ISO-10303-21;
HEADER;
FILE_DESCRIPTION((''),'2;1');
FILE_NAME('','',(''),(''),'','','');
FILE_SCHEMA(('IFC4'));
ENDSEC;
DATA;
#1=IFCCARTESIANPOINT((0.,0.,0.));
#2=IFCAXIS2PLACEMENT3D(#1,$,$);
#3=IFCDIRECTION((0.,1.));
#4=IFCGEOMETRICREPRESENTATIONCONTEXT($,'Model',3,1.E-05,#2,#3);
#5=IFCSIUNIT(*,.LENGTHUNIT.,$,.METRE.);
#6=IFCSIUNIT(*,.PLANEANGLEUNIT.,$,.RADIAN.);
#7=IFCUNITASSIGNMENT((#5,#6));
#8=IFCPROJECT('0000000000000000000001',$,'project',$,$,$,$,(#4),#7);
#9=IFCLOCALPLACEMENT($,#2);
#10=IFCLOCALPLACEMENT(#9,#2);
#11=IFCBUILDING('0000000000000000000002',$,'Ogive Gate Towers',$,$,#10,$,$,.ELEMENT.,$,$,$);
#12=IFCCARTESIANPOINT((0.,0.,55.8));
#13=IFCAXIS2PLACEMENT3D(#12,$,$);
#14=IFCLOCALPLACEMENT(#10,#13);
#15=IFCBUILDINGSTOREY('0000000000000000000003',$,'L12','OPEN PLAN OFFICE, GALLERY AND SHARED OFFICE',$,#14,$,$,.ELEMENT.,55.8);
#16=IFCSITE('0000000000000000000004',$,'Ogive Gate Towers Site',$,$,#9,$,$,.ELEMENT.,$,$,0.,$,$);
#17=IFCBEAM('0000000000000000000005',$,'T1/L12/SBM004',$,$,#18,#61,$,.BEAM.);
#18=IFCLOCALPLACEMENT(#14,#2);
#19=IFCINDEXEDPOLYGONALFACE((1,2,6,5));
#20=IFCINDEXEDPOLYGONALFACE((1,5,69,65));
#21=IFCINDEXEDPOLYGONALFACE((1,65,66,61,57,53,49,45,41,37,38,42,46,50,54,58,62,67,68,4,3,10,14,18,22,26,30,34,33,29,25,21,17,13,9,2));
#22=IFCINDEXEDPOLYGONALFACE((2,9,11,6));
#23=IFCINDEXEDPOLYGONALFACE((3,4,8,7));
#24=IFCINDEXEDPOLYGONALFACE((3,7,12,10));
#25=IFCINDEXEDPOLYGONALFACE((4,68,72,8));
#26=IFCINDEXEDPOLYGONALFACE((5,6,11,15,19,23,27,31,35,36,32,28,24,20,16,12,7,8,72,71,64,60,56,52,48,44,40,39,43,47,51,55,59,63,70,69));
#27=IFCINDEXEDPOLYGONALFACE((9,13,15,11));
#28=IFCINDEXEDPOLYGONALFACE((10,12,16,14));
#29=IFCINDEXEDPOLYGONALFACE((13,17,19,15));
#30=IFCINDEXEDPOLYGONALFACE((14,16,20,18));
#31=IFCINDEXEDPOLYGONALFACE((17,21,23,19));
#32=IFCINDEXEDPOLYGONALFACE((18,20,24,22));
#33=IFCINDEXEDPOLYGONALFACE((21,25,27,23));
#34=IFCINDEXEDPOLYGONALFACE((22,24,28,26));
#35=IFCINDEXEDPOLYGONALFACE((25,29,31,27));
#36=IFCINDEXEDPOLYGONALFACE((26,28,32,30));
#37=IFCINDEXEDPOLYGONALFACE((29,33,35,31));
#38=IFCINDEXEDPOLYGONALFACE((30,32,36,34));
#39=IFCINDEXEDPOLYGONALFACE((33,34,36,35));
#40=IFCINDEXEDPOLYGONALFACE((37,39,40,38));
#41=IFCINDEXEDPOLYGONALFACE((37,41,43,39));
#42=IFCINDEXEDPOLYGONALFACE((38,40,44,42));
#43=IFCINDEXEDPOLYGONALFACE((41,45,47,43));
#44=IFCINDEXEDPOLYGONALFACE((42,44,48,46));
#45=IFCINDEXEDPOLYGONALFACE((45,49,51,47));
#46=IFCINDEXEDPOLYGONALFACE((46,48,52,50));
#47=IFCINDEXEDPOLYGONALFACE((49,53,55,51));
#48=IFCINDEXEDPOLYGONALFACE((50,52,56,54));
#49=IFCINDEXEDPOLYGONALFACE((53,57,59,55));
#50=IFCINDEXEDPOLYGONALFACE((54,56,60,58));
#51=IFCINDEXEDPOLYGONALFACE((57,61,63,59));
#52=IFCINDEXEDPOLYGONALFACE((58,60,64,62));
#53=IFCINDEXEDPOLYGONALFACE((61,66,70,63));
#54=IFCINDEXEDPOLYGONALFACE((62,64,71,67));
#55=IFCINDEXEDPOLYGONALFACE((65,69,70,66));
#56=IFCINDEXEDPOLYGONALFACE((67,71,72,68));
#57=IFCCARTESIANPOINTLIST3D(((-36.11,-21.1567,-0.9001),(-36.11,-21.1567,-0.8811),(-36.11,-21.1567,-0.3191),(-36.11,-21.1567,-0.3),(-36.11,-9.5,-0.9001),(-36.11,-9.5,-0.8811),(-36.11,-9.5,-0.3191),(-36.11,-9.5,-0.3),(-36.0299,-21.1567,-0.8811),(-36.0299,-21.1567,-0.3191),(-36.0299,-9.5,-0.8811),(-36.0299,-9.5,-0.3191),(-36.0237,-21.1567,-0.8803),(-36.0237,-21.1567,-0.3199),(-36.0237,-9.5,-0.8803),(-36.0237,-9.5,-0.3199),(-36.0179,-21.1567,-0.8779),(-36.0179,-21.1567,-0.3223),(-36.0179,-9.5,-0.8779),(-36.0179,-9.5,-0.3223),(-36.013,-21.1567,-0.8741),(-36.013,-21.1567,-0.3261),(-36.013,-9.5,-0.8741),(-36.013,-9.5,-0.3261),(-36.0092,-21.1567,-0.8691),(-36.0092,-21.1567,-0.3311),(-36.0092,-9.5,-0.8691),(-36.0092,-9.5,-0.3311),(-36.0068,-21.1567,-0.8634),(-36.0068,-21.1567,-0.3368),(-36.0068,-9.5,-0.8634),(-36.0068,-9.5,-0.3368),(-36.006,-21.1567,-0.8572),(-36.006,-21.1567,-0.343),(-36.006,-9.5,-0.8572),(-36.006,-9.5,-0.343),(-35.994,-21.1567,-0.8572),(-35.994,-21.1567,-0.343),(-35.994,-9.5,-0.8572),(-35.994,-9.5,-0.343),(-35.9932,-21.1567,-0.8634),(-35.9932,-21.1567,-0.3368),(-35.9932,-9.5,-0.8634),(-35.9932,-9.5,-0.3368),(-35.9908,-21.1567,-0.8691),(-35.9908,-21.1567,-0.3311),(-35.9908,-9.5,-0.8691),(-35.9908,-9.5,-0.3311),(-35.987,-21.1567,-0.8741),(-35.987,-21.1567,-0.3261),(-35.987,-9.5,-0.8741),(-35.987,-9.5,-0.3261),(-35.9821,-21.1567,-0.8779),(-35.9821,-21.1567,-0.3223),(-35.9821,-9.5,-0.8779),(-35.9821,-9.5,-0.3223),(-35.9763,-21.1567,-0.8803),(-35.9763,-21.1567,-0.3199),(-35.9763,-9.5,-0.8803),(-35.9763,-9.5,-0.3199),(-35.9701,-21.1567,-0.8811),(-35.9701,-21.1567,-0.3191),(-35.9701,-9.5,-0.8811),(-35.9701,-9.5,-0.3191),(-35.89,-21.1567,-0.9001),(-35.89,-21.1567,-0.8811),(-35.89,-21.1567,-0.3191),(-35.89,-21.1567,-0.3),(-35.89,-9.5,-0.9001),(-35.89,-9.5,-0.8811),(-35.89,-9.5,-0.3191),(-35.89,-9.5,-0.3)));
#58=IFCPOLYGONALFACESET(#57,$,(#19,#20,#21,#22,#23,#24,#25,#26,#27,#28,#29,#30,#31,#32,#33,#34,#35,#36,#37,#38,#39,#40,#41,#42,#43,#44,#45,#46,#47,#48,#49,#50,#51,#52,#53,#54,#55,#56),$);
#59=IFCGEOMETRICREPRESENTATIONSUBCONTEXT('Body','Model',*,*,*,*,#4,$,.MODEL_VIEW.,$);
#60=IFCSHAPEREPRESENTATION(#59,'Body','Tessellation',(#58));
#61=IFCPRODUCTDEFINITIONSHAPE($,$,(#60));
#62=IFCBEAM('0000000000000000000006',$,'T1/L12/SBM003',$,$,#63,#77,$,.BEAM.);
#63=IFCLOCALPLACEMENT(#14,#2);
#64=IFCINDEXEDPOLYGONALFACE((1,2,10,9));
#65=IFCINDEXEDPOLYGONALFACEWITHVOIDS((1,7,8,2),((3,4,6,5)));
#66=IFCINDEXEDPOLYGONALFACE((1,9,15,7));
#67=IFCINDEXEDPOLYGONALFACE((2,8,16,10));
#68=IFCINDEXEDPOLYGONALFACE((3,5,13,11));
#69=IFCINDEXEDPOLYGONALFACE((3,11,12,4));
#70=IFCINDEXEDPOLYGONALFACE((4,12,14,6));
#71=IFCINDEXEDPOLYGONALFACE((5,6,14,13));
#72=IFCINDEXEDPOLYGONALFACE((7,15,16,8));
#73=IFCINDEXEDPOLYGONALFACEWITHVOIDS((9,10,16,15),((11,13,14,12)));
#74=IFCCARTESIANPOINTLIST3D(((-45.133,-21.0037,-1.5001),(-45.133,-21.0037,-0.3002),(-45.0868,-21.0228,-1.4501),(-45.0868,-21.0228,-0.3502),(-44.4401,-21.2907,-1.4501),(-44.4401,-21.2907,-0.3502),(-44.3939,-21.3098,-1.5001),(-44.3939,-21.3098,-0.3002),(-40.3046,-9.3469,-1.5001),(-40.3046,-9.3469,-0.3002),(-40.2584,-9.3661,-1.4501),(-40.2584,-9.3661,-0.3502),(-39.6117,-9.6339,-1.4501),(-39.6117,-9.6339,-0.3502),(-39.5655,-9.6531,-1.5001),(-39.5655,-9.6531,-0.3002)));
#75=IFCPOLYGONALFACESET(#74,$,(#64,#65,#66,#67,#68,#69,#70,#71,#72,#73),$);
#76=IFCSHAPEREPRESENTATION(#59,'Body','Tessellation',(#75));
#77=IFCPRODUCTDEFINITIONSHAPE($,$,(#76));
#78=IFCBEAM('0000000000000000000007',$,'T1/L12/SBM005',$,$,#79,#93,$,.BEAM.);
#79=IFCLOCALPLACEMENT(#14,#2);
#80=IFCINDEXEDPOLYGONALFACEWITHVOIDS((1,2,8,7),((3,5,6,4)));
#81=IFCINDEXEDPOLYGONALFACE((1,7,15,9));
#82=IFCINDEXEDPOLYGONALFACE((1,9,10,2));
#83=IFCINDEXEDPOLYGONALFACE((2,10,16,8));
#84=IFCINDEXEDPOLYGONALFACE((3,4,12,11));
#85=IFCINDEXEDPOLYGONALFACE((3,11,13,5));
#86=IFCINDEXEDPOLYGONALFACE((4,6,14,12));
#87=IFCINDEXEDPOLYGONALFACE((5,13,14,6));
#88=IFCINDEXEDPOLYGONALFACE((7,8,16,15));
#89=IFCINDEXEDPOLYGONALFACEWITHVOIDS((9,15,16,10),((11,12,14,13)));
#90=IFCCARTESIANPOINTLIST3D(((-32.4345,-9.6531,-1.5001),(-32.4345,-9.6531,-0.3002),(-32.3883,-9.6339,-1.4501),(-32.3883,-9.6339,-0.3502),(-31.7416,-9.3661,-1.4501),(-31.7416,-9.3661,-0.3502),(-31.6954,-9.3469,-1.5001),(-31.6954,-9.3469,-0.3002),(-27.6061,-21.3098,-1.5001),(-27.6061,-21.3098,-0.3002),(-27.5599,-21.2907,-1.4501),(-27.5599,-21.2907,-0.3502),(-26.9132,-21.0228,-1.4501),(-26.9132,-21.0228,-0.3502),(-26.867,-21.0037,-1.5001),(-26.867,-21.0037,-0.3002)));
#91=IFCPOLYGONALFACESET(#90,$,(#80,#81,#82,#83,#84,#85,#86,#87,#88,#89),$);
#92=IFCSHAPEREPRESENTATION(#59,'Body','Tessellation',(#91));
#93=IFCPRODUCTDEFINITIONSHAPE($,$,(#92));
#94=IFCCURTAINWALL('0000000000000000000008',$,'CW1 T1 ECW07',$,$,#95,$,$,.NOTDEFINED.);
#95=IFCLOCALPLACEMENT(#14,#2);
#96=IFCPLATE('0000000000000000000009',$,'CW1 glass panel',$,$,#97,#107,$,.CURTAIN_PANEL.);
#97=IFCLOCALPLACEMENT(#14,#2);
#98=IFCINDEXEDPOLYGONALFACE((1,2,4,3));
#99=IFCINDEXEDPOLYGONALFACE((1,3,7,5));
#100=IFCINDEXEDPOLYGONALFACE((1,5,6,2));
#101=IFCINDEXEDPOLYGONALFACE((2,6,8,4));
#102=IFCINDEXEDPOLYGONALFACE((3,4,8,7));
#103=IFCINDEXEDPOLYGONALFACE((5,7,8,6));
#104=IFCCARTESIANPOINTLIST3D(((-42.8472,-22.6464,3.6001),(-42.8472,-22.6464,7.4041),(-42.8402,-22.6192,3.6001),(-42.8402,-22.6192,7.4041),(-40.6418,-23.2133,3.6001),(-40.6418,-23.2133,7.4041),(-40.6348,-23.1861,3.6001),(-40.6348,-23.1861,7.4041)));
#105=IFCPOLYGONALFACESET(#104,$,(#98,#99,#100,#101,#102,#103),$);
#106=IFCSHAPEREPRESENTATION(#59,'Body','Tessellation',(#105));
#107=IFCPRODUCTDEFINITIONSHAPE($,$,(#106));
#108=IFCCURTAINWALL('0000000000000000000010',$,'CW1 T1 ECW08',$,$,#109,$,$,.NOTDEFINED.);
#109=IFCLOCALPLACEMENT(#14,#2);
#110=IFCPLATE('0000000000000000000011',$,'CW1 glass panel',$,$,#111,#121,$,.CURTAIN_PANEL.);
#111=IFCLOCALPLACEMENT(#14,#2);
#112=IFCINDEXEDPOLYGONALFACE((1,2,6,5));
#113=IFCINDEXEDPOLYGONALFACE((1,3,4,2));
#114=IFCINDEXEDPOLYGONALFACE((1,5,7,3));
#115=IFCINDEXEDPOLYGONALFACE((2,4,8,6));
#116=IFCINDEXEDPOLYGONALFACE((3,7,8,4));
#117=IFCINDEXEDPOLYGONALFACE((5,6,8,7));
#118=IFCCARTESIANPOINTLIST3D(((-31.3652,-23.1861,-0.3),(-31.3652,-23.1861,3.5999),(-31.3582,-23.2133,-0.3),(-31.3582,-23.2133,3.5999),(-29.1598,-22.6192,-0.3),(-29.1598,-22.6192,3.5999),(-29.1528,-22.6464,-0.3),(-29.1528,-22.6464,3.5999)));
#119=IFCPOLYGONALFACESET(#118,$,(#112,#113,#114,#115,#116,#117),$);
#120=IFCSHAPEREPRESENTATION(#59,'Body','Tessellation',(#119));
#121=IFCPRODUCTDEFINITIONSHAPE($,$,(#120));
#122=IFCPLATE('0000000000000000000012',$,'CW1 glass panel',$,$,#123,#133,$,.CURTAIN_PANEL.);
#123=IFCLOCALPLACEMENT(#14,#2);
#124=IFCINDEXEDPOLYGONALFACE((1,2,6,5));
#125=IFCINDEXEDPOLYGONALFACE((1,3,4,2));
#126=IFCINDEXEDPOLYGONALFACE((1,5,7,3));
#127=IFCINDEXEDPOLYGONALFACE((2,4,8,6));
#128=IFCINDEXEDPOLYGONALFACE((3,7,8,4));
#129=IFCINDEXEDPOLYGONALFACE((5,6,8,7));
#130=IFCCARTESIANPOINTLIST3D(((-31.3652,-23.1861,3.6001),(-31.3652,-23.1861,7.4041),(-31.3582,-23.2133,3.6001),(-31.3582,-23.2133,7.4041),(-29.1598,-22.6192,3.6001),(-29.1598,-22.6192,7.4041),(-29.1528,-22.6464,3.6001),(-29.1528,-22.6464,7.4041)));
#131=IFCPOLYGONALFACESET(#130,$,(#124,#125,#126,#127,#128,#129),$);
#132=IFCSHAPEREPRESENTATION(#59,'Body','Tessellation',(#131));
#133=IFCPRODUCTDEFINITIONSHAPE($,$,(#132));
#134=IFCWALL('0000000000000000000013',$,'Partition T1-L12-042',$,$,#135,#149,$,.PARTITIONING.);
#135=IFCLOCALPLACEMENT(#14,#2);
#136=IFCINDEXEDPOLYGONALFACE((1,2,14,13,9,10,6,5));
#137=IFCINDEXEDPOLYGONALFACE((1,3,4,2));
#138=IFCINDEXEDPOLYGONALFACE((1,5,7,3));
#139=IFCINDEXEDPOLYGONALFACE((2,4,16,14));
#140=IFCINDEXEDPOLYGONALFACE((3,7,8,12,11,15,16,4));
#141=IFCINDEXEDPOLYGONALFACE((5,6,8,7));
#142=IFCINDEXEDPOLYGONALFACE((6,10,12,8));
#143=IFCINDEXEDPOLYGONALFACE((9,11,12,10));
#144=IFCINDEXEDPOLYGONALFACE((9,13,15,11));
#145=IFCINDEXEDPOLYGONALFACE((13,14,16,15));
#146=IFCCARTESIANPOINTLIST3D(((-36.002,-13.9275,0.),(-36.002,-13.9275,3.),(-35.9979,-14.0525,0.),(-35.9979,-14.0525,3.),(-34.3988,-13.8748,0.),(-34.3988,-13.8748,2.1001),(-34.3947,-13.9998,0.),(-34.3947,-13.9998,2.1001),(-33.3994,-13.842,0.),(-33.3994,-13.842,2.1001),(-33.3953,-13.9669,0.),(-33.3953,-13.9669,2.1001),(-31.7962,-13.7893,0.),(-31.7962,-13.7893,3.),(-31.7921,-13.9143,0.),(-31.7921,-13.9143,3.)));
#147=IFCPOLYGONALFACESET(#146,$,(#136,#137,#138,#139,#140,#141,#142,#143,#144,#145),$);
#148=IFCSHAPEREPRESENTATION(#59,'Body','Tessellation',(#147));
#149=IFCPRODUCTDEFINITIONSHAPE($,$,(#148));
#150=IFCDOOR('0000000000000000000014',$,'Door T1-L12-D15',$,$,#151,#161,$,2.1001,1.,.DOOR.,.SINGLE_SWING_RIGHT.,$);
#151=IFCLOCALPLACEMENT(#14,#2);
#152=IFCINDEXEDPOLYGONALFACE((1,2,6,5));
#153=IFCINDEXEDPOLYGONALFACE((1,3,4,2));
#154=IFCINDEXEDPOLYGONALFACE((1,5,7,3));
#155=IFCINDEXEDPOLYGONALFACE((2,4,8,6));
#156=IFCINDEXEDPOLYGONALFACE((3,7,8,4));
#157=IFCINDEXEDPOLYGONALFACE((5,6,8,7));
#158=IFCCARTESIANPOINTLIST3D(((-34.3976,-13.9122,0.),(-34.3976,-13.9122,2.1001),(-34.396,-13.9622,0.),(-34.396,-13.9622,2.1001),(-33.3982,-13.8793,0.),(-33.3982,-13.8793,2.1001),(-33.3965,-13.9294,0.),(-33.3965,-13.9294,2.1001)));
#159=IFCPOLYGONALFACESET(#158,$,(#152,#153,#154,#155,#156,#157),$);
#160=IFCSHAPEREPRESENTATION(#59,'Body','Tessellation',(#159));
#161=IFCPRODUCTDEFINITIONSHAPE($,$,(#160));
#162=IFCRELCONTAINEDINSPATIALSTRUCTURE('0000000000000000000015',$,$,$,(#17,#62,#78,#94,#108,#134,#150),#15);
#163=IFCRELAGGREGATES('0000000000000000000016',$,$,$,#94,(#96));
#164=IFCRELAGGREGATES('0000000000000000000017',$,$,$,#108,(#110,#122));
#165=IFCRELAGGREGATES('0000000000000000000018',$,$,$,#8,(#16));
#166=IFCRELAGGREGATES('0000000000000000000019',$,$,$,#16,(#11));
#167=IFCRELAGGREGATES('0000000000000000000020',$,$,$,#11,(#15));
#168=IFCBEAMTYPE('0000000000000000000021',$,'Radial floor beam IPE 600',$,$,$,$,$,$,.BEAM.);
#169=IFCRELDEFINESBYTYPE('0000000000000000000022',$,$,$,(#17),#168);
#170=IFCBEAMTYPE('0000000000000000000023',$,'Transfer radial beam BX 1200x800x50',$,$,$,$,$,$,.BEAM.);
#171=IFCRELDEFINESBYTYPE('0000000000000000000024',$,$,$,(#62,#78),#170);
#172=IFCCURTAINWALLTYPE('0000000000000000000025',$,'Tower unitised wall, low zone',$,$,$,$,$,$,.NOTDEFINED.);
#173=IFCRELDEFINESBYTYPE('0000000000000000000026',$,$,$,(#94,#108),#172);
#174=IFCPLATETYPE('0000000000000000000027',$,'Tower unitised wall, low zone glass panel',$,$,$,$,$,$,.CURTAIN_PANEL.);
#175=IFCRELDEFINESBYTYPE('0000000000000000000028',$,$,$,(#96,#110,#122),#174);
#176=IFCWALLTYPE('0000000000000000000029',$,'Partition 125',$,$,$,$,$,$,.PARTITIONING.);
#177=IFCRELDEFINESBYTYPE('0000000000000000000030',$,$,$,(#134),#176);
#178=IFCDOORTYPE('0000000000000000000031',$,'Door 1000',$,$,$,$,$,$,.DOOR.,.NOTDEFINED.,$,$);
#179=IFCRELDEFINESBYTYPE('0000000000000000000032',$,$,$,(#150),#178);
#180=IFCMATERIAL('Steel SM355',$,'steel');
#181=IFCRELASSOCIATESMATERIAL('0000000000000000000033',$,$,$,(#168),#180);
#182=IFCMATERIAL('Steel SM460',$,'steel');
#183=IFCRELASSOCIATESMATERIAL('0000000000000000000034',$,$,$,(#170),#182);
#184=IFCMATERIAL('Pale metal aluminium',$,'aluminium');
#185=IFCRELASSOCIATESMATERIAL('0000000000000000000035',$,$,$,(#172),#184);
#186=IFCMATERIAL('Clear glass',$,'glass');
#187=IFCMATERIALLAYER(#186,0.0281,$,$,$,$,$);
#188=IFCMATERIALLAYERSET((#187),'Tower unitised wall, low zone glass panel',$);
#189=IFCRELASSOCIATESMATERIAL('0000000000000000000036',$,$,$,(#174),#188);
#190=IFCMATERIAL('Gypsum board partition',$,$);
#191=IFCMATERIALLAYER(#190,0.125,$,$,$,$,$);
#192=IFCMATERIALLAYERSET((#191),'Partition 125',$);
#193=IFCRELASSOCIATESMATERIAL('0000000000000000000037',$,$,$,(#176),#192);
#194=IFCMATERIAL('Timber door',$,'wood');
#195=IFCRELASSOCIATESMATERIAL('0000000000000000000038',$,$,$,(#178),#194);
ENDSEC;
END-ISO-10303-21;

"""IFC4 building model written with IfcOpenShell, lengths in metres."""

from ifc_helpers import new_model, si_unit, direction, frame, frame_2d, origin, origin_2d, place, context, subcontext, project, spatial, rectangle, hollow_rectangle, i_section, extrude, material, layer, layer_set, material_profile, profile_set, type_object, element, fill, aggregate, save


model = new_model("IFC4")

# Units and contexts
model_context = context("Model", 3, precision=1e-05, world=origin(), true_north=direction((0.0, 1.0)))
body_context = subcontext(model_context, "Body", "Model", "MODEL_VIEW")
ifc_project = project(units=[si_unit("LENGTHUNIT", "METRE"), si_unit("PLANEANGLEUNIT", "RADIAN")], contexts=[model_context])

# Site, building, storey
site_placement = place(None, origin())
site = spatial("IfcSite", under=ifc_project, at=site_placement, Name="Ogive Gate Towers Site", CompositionType="ELEMENT", RefElevation=0.0)
building_placement = place(site_placement, origin())
building = spatial("IfcBuilding", under=site, at=building_placement, Name="Ogive Gate Towers", CompositionType="ELEMENT")
storey_placement = place(building_placement, frame((0.0, 0.0, 55.8)))
storey = spatial("IfcBuildingStorey", under=building, at=storey_placement, Name="L12", Description="OPEN PLAN OFFICE, GALLERY AND SHARED OFFICE", CompositionType="ELEMENT", Elevation=55.8)

# Beams
ifc_material_1 = material(Name="Steel SM355", Category="steel")
ifc_material_profile_1 = material_profile(ifc_material_1, i_section(OverallWidth=0.22, OverallDepth=0.6001, WebThickness=0.012, FlangeThickness=0.019, FilletRadius=0.0239, at=origin_2d()), Name="IPE 600")
ifc_profile_set_1 = profile_set([ifc_material_profile_1], Name="Steel SM355")
beam_type_1 = type_object("IfcBeamType", Name="Radial floor beam IPE 600", PredefinedType="BEAM", material=ifc_profile_set_1)
beam_placement = place(storey_placement, frame((-36.0, -9.5, -0.6001), z_axis=(0.0, -1.0, 0.0), x_axis=(1.0, 0.0, 0.0)))
element("IfcBeam", 1, at=beam_placement, inside=storey, type_object=beam_type_1, Name="T1/L12/SBM004", PredefinedType="BEAM", context=body_context, shape_type="SweptSolid", body=[
    extrude(i_section(OverallWidth=0.22, OverallDepth=0.6001, WebThickness=0.012, FlangeThickness=0.019, FilletRadius=0.0239, at=origin_2d()), origin(), (0.0, 0.0, 1.0), 11.6567),
])
ifc_material_2 = material(Name="Steel SM460", Category="steel")
ifc_material_profile_2 = material_profile(ifc_material_2, hollow_rectangle(XDim=0.8, YDim=1.2, WallThickness=0.05, at=origin_2d()), Name="BX 1200x800x50")
ifc_profile_set_2 = profile_set([ifc_material_profile_2], Name="Steel SM460")
beam_type_2 = type_object("IfcBeamType", Name="Transfer radial beam BX 1200x800x50", PredefinedType="BEAM", material=ifc_profile_set_2)
for number, where, z_axis, x_axis, name in (
    (2, (-39.9351, -9.5, -0.9001), (-0.382683, -0.92388, 0.0), (0.92388, -0.382683, 0.0), "T1/L12/SBM003"),
    (3, (-32.0649, -9.5, -0.9001), (0.382683, -0.92388, 0.0), (0.92388, 0.382683, 0.0), "T1/L12/SBM005"),
):
    element("IfcBeam", number, at=place(storey_placement, frame(where, z_axis=z_axis, x_axis=x_axis)), inside=storey, type_object=beam_type_2, Name=name, PredefinedType="BEAM", context=body_context, shape_type="SweptSolid", body=[
        extrude(hollow_rectangle(XDim=0.8, YDim=1.2, WallThickness=0.05, at=origin_2d()), origin(), (0.0, 0.0, 1.0), 12.6172),
    ])

# Curtain wall, plate
ifc_material_3 = material(Name="Pale metal aluminium", Category="aluminium")
curtain_wall_type = type_object("IfcCurtainWallType", Name="Tower unitised wall, low zone", PredefinedType="NOTDEFINED", material=ifc_material_3)
curtain_wall_1_placement = place(storey_placement, origin())
curtain_wall_1 = element("IfcCurtainWall", 4, at=curtain_wall_1_placement, inside=storey, type_object=curtain_wall_type, Name="CW1 T1 ECW07", PredefinedType="NOTDEFINED")
ifc_material_4 = material(Name="Clear glass", Category="glass")
ifc_layer_1 = layer(ifc_material_4, 0.0281)
ifc_layer_set_1 = layer_set([ifc_layer_1], Name="Tower unitised wall, low zone glass panel")
plate_type = type_object("IfcPlateType", Name="Tower unitised wall, low zone glass panel", PredefinedType="CURTAIN_PANEL", material=ifc_layer_set_1)
plate_1_placement = place(storey_placement, frame((-41.741, -22.9163, 3.6001), z_axis=(0.0, 0.0, 1.0), x_axis=(-0.968509, 0.248977, 0.0)))
plate_1 = element("IfcPlate", 5, at=plate_1_placement, type_object=plate_type, Name="CW1 glass panel", PredefinedType="CURTAIN_PANEL", context=body_context, shape_type="SweptSolid", body=[
    extrude(rectangle(XDim=2.2771, YDim=0.0281, at=origin_2d()), origin(), (0.0, 0.0, 1.0), 3.804),
])
aggregate(curtain_wall_1, [plate_1])

# Curtain wall, plates
curtain_wall_2_placement = place(storey_placement, origin())
curtain_wall_2 = element("IfcCurtainWall", 6, at=curtain_wall_2_placement, inside=storey, type_object=curtain_wall_type, Name="CW1 T1 ECW08", PredefinedType="NOTDEFINED")
plate_2_placement = place(storey_placement, frame((-30.259, -22.9163, -0.3), z_axis=(0.0, 0.0, 1.0), x_axis=(-0.968509, -0.248977, 0.0)))
plate_2 = element("IfcPlate", 7, at=plate_2_placement, type_object=plate_type, Name="CW1 glass panel", PredefinedType="CURTAIN_PANEL", context=body_context, shape_type="SweptSolid", body=[
    extrude(rectangle(XDim=2.2771, YDim=0.0281, at=origin_2d()), origin(), (0.0, 0.0, 1.0), 3.8999),
])
plate_3_placement = place(storey_placement, frame((-30.259, -22.9163, 3.6001), z_axis=(0.0, 0.0, 1.0), x_axis=(-0.968509, -0.248977, 0.0)))
plate_3 = element("IfcPlate", 8, at=plate_3_placement, type_object=plate_type, Name="CW1 glass panel", PredefinedType="CURTAIN_PANEL", context=body_context, shape_type="SweptSolid", body=[
    extrude(rectangle(XDim=2.2771, YDim=0.0281, at=origin_2d()), origin(), (0.0, 0.0, 1.0), 3.804),
])
aggregate(curtain_wall_2, [plate_2, plate_3])

# Wall, opening, door
ifc_material_5 = material(Name="Gypsum board partition")
ifc_layer_2 = layer(ifc_material_5, 0.125)
ifc_layer_set_2 = layer_set([ifc_layer_2], Name="Partition 125")
wall_type_1 = type_object("IfcWallType", Name="Partition 125", PredefinedType="PARTITIONING", material=ifc_layer_set_2)
wall_1_placement = place(storey_placement, frame((-31.7942, -13.8518, 0.0), z_axis=(0.0, 0.0, 1.0), x_axis=(-0.999461, -0.032838, 0.0)))
wall_1 = element("IfcWall", 9, at=wall_1_placement, inside=storey, type_object=wall_type_1, Name="Partition T1-L12-042", PredefinedType="PARTITIONING", context=body_context, shape_type="SweptSolid", body=[
    extrude(rectangle(XDim=4.208, YDim=0.125, at=frame_2d((2.104, 0.0))), origin(), (0.0, 0.0, 1.0), 3.0),
])
opening_1_placement = place(wall_1_placement, frame((1.604, 0.0, 0.0)))
opening_1 = element("IfcOpeningElement", 10, at=opening_1_placement, cuts=wall_1, PredefinedType="OPENING", context=body_context, shape_type="SweptSolid", body=[
    extrude(rectangle(XDim=1.0, YDim=2.1001, at=frame_2d((0.5, 1.05))), frame((0.0, 0.0725, 0.0), z_axis=(0.0, -1.0, 0.0), x_axis=(1.0, 0.0, 0.0)), (0.0, 0.0, 1.0), 0.145),
])
ifc_material_6 = material(Name="Timber door", Category="wood")
door_type_1 = type_object("IfcDoorType", Name="Door 1000", OperationType="NOTDEFINED", PredefinedType="DOOR", material=ifc_material_6)
door_1_placement = place(opening_1_placement, origin())
door_1 = element("IfcDoor", 11, at=door_1_placement, inside=storey, type_object=door_type_1, Name="Door T1-L12-D15", OperationType="SINGLE_SWING_RIGHT", OverallHeight=2.1001, OverallWidth=1.0, PredefinedType="DOOR", context=body_context, shape_type="SweptSolid", body=[
    extrude(rectangle(XDim=1.0, YDim=2.1001, at=frame_2d((0.5, 1.05))), frame((0.0, 0.0249, 0.0), z_axis=(0.0, -1.0, 0.0), x_axis=(1.0, 0.0, 0.0)), (0.0, 0.0, 1.0), 0.05),
])
fill(opening_1, door_1)

save(model, "model.ifc")
